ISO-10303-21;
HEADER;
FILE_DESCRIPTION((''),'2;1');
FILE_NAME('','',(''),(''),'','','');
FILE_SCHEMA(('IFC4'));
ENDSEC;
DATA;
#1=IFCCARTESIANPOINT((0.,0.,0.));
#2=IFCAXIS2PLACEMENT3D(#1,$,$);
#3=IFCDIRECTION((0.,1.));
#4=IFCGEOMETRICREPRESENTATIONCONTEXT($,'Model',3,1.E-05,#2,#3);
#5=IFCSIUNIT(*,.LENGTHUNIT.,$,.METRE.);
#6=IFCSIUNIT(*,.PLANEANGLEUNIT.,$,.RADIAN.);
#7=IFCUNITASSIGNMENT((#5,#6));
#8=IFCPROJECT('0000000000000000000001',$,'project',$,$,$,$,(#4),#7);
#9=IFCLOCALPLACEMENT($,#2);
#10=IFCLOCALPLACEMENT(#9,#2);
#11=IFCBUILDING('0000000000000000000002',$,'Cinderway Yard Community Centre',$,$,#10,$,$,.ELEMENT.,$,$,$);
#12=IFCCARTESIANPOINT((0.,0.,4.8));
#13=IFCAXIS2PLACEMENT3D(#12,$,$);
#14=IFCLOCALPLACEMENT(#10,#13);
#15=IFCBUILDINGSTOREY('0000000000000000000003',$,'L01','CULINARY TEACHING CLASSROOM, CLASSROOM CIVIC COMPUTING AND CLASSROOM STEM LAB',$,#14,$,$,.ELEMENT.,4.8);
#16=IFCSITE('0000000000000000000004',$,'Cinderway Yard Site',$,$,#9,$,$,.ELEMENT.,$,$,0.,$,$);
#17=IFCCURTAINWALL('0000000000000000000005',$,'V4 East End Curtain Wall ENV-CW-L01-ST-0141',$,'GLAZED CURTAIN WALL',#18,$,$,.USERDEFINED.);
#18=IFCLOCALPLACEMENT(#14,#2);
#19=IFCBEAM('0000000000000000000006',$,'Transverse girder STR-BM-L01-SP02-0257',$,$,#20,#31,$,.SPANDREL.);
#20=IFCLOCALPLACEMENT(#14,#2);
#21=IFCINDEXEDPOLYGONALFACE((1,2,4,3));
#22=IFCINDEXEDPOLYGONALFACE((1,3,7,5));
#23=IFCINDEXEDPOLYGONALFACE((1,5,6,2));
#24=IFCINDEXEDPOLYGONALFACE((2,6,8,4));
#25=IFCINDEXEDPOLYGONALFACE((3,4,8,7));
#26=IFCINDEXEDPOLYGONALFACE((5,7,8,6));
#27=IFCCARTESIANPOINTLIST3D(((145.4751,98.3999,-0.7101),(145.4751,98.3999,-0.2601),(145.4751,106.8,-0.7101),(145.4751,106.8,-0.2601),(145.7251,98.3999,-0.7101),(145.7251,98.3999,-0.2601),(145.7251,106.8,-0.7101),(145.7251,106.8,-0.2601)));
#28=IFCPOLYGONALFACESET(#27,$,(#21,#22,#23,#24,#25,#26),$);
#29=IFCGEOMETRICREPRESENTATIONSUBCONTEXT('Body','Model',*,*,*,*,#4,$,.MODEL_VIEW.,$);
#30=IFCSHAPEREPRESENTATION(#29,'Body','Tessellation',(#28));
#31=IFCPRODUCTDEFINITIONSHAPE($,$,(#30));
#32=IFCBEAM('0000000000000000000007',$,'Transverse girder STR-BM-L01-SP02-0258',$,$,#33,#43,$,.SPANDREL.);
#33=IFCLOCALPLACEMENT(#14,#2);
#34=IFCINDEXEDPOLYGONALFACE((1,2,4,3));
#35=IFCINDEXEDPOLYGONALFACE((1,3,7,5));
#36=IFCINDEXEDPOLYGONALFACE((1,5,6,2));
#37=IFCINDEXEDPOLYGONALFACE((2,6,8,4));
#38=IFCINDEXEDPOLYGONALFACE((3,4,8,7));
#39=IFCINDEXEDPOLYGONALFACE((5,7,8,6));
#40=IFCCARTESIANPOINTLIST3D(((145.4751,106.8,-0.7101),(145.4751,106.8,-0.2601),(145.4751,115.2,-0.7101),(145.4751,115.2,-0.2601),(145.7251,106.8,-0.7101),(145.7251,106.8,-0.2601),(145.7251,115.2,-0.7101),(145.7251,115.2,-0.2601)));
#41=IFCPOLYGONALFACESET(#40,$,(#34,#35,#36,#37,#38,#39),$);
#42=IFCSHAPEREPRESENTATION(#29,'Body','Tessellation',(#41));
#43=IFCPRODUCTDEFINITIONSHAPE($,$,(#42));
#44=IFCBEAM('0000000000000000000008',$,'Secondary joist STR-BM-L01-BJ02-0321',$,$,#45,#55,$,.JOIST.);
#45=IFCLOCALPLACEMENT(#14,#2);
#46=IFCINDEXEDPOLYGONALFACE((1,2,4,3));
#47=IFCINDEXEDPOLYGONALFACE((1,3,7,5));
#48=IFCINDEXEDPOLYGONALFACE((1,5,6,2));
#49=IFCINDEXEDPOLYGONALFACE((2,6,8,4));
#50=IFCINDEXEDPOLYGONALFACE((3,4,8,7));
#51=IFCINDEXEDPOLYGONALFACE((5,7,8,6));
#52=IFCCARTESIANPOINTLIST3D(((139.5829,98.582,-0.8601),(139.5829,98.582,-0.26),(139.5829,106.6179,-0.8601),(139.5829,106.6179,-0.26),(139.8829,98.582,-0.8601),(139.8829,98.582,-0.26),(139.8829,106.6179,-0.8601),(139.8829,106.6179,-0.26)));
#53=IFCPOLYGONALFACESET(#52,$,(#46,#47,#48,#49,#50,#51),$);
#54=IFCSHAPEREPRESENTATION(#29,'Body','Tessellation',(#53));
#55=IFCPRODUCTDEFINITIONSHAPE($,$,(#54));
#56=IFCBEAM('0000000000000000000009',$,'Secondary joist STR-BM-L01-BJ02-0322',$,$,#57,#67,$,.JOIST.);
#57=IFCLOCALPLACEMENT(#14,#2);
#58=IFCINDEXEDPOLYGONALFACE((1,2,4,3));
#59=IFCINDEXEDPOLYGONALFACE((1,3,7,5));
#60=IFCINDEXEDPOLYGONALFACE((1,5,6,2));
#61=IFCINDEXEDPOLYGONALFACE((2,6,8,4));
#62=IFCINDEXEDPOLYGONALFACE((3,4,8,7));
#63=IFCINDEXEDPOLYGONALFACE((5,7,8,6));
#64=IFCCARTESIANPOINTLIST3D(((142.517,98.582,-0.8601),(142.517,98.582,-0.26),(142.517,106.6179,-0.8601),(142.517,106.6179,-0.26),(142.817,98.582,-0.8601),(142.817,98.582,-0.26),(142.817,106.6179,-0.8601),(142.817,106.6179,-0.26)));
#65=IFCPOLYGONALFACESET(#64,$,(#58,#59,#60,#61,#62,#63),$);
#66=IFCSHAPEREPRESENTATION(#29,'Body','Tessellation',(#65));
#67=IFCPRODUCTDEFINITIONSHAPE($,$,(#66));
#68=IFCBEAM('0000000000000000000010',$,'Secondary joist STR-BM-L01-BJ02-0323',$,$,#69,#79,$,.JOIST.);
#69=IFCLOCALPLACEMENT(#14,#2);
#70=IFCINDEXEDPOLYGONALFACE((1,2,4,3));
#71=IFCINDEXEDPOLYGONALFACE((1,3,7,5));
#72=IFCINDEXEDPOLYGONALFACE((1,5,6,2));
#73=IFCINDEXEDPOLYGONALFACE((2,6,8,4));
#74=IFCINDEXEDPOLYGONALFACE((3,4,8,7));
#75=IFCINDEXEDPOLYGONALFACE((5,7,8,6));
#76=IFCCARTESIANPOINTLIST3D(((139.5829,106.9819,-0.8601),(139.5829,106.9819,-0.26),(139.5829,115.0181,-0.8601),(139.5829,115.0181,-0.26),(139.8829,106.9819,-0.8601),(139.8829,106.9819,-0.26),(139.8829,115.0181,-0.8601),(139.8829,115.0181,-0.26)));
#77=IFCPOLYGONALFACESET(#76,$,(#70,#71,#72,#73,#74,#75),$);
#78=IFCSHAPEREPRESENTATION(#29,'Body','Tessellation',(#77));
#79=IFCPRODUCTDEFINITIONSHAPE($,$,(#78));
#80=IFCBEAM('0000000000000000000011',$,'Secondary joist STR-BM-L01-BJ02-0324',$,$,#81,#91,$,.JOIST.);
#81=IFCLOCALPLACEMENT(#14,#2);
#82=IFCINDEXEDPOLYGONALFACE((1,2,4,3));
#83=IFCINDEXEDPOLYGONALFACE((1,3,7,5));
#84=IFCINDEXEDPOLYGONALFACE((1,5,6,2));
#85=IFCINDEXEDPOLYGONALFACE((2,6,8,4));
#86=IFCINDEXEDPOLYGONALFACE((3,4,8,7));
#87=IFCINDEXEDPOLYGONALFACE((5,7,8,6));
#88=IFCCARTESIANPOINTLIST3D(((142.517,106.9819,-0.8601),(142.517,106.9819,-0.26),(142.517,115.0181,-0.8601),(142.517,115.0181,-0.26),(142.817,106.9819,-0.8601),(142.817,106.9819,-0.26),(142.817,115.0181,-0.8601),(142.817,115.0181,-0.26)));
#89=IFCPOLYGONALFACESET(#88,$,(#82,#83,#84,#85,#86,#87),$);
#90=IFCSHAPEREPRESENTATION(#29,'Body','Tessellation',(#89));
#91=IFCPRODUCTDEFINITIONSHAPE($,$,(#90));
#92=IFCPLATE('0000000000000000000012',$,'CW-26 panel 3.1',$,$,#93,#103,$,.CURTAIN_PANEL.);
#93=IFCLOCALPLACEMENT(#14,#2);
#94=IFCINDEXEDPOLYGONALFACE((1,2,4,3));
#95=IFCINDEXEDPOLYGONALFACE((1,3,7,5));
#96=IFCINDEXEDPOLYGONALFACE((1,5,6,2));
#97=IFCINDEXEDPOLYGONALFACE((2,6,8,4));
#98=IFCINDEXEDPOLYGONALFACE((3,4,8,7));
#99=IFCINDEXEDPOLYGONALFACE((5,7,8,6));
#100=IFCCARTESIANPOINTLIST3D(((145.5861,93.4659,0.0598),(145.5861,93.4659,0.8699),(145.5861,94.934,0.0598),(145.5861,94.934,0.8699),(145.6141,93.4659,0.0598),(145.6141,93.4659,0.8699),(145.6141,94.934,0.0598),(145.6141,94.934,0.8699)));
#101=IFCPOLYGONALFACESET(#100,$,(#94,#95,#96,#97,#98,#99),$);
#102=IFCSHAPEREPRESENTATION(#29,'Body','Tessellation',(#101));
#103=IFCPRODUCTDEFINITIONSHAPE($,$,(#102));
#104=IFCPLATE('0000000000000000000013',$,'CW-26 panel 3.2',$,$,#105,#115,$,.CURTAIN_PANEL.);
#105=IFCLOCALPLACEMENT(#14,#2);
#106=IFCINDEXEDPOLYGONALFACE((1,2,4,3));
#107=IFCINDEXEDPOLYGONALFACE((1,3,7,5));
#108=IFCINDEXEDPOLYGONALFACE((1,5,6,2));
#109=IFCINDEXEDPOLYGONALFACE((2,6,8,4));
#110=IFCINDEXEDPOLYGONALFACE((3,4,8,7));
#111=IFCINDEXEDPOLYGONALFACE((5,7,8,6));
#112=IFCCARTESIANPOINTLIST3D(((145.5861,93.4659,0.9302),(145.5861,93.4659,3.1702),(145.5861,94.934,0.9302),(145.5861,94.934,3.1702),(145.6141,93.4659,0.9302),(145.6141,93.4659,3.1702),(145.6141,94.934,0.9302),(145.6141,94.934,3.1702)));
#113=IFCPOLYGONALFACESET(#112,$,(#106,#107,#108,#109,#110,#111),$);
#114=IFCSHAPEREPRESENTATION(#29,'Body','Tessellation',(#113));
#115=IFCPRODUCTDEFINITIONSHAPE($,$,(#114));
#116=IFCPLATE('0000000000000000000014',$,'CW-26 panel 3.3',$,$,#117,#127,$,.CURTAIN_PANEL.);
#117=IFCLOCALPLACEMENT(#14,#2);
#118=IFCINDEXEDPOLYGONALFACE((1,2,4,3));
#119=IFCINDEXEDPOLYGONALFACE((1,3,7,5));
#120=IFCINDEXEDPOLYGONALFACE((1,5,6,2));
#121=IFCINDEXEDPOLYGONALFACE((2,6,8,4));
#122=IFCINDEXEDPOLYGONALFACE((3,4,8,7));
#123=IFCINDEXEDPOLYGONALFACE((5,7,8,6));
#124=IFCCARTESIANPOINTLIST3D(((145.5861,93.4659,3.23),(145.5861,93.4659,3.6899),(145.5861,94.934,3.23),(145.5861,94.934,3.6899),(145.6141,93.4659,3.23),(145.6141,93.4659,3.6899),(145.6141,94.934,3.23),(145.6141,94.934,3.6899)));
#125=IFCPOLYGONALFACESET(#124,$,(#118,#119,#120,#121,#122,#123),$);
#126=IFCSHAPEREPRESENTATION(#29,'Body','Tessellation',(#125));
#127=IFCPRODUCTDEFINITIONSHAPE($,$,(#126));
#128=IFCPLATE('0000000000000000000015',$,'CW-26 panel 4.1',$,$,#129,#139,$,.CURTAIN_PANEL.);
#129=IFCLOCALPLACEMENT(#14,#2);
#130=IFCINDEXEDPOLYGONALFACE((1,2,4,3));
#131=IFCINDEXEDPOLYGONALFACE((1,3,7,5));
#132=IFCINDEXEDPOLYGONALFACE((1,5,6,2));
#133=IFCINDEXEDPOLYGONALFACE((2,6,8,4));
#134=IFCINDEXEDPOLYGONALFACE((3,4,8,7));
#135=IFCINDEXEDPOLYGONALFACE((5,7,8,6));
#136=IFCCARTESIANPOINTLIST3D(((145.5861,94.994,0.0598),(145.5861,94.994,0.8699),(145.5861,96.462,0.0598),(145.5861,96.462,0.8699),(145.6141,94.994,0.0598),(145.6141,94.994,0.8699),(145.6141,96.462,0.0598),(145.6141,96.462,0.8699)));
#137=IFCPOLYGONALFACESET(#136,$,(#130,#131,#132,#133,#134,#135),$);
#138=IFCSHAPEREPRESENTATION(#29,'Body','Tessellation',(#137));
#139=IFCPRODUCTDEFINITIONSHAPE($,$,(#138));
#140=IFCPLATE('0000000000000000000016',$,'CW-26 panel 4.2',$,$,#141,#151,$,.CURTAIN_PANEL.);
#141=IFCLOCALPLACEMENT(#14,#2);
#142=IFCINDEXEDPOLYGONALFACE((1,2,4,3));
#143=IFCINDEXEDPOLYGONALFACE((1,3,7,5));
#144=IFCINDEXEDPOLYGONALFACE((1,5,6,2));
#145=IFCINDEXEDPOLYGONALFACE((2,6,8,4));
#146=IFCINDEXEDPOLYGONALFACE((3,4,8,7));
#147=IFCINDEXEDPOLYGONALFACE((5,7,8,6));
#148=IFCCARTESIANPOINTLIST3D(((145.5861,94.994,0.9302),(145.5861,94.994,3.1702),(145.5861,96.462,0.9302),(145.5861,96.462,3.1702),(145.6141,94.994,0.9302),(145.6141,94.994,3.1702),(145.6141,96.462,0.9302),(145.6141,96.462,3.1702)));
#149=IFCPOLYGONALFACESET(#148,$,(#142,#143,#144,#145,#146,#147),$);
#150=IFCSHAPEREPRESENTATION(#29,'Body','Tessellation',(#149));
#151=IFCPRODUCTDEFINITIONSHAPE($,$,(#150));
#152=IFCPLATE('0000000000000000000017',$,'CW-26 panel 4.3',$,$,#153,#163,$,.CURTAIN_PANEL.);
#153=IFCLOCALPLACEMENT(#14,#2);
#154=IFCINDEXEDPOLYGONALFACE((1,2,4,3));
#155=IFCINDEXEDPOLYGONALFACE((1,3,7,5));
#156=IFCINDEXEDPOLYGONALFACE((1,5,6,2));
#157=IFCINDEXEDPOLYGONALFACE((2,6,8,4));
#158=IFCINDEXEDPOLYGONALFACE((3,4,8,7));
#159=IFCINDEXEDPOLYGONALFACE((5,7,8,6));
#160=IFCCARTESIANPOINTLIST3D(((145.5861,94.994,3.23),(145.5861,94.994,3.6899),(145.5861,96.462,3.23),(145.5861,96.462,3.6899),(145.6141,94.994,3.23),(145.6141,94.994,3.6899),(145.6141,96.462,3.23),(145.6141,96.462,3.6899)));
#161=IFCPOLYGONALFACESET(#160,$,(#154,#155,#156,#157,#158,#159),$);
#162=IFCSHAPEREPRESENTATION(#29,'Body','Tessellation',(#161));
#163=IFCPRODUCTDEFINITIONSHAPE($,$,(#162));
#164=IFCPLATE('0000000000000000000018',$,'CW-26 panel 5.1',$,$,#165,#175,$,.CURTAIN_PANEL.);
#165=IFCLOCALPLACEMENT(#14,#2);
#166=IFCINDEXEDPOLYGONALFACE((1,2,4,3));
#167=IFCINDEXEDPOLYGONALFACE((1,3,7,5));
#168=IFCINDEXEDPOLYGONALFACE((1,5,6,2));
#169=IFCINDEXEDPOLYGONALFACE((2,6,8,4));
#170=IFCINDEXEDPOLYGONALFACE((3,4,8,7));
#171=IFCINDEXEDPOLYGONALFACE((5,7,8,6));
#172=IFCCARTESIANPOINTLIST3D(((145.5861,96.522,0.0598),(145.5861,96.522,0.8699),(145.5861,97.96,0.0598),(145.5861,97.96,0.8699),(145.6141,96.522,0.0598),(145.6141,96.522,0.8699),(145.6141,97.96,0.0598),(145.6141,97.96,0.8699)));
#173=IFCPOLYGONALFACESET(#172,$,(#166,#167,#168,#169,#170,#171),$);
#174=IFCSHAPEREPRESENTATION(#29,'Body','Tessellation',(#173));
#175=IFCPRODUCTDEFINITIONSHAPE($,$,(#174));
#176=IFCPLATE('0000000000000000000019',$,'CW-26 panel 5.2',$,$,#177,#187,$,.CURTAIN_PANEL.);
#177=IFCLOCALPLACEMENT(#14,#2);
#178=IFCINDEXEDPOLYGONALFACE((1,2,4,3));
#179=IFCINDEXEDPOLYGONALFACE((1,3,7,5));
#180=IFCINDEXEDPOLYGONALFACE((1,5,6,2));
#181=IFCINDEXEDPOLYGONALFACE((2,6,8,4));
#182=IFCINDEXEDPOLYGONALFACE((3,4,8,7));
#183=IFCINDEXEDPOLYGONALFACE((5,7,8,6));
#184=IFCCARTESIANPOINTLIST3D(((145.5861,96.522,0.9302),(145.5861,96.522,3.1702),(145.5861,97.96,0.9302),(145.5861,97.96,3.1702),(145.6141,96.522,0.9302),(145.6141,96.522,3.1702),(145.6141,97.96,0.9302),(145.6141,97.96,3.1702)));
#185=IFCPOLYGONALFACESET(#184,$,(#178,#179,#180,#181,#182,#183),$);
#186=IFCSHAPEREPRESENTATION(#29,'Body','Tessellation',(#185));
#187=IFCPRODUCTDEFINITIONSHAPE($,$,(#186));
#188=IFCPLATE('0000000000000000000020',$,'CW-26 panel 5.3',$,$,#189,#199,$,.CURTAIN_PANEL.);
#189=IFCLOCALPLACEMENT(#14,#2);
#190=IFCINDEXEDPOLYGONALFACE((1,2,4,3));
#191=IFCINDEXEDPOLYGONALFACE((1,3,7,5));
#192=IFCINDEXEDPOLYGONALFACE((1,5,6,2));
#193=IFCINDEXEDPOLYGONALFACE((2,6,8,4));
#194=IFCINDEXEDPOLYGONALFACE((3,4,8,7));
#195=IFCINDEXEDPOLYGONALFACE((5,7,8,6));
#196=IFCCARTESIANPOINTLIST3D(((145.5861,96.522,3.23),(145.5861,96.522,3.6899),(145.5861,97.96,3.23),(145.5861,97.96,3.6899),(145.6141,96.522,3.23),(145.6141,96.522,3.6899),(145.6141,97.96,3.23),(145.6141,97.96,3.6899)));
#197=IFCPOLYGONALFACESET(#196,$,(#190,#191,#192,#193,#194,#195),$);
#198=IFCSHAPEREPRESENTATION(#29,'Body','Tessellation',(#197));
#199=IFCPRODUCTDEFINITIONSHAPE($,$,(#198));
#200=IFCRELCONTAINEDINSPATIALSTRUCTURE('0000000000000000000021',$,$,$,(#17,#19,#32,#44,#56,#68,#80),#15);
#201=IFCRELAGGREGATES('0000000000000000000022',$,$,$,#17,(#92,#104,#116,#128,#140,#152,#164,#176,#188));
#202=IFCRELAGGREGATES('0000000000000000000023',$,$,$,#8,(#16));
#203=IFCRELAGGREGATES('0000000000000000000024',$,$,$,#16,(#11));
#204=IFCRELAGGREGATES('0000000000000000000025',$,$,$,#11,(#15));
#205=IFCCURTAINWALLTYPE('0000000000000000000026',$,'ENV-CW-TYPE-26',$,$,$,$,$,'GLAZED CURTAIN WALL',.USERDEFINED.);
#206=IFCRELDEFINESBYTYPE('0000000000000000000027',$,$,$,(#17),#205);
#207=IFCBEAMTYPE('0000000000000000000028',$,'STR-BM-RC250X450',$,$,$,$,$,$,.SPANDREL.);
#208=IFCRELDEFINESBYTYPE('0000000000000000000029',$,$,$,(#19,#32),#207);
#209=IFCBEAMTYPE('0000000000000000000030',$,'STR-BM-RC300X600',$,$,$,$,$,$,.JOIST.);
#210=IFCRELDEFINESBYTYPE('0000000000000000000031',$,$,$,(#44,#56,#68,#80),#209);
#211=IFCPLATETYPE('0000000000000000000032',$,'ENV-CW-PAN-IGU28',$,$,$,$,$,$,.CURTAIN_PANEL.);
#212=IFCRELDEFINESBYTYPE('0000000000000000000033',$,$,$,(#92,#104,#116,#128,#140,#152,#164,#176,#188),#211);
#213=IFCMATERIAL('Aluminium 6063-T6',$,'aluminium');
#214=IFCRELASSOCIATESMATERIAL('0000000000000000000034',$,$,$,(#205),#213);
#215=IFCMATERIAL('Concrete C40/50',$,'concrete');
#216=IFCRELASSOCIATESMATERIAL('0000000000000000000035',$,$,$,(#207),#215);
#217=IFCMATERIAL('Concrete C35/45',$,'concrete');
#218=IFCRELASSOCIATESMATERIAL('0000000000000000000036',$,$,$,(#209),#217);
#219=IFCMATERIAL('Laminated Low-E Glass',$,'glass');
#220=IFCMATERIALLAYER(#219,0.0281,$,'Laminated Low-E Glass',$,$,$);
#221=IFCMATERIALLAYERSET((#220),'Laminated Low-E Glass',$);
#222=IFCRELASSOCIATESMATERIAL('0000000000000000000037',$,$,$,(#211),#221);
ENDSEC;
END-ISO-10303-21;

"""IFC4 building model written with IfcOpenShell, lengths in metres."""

from ifc_helpers import new_model, si_unit, direction, frame, origin, origin_2d, place, context, subcontext, project, spatial, rectangle, extrude, material, layer, layer_set, material_profile, profile_set, type_object, element, aggregate, save


model = new_model("IFC4")

# Units and contexts
model_context = context("Model", 3, precision=1e-05, world=origin(), true_north=direction((0.0, 1.0)))
body_context = subcontext(model_context, "Body", "Model", "MODEL_VIEW")
ifc_project = project(units=[si_unit("LENGTHUNIT", "METRE"), si_unit("PLANEANGLEUNIT", "RADIAN")], contexts=[model_context])

# Site, building, storey
site_placement = place(None, origin())
site = spatial("IfcSite", under=ifc_project, at=site_placement, Name="Cinderway Yard Site", CompositionType="ELEMENT", RefElevation=0.0)
building_placement = place(site_placement, origin())
building = spatial("IfcBuilding", under=site, at=building_placement, Name="Cinderway Yard Community Centre", CompositionType="ELEMENT")
storey_placement = place(building_placement, frame((0.0, 0.0, 4.8)))
storey = spatial("IfcBuildingStorey", under=building, at=storey_placement, Name="L01", Description="CULINARY TEACHING CLASSROOM, CLASSROOM CIVIC COMPUTING AND CLASSROOM STEM LAB", CompositionType="ELEMENT", Elevation=4.8)

# Shared definitions
ifc_material_1 = material(Name="Concrete C40/50", Category="concrete")

# Curtain wall
ifc_material_2 = material(Name="Aluminium 6063-T6", Category="aluminium")
curtain_wall_type = type_object("IfcCurtainWallType", Name="ENV-CW-TYPE-26", ElementType="GLAZED CURTAIN WALL", PredefinedType="USERDEFINED", material=ifc_material_2)
curtain_wall_placement = place(storey_placement, origin())
curtain_wall = element("IfcCurtainWall", 1, at=curtain_wall_placement, inside=storey, type_object=curtain_wall_type, Name="V4 East End Curtain Wall ENV-CW-L01-ST-0141", ObjectType="GLAZED CURTAIN WALL", PredefinedType="USERDEFINED")

# Beams
ifc_material_profile_1 = material_profile(ifc_material_1, rectangle(XDim=0.25, YDim=0.45, at=origin_2d()), Name="Concrete C40/50")
ifc_profile_set_1 = profile_set([ifc_material_profile_1], Name="Concrete C40/50")
beam_type_1 = type_object("IfcBeamType", Name="STR-BM-RC250X450", PredefinedType="SPANDREL", material=ifc_profile_set_1)
beam_1_placement = place(storey_placement, frame((145.6001, 98.3999, -0.4851), z_axis=(0.0, 1.0, 0.0), x_axis=(-1.0, 0.0, 0.0)))
element("IfcBeam", 2, at=beam_1_placement, inside=storey, type_object=beam_type_1, Name="Transverse girder STR-BM-L01-SP02-0257", PredefinedType="SPANDREL", context=body_context, shape_type="SweptSolid", body=[
    extrude(rectangle(XDim=0.25, YDim=0.45, at=origin_2d()), origin(), (0.0, 0.0, 1.0), 8.4001),
])
beam_2_placement = place(storey_placement, frame((145.6001, 106.8, -0.4851), z_axis=(0.0, 1.0, 0.0), x_axis=(-1.0, 0.0, 0.0)))
element("IfcBeam", 3, at=beam_2_placement, inside=storey, type_object=beam_type_1, Name="Transverse girder STR-BM-L01-SP02-0258", PredefinedType="SPANDREL", context=body_context, shape_type="SweptSolid", body=[
    extrude(rectangle(XDim=0.25, YDim=0.45, at=origin_2d()), origin(), (0.0, 0.0, 1.0), 8.3999),
])
ifc_material_3 = material(Name="Concrete C35/45", Category="concrete")
ifc_material_profile_2 = material_profile(ifc_material_3, rectangle(XDim=0.3, YDim=0.6001, at=origin_2d()), Name="Concrete C35/45")
ifc_profile_set_2 = profile_set([ifc_material_profile_2], Name="Concrete C35/45")
beam_type_2 = type_object("IfcBeamType", Name="STR-BM-RC300X600", PredefinedType="JOIST", material=ifc_profile_set_2)
for number, where, z_axis, x_axis, name in (
    (4, (139.7329, 98.582, -0.5601), (0.0, 1.0, 0.0), (-1.0, 0.0, 0.0), "Secondary joist STR-BM-L01-BJ02-0321"),
    (5, (142.667, 98.582, -0.5601), (0.0, 1.0, 0.0), (-1.0, 0.0, 0.0), "Secondary joist STR-BM-L01-BJ02-0322"),
):
    element("IfcBeam", number, at=place(storey_placement, frame(where, z_axis=z_axis, x_axis=x_axis)), inside=storey, type_object=beam_type_2, Name=name, PredefinedType="JOIST", context=body_context, shape_type="SweptSolid", body=[
        extrude(rectangle(XDim=0.3, YDim=0.6001, at=origin_2d()), origin(), (0.0, 0.0, 1.0), 8.0359),
    ])
for number, where, z_axis, x_axis, name in (
    (6, (139.7329, 106.9819, -0.5601), (0.0, 1.0, 0.0), (-1.0, 0.0, 0.0), "Secondary joist STR-BM-L01-BJ02-0323"),
    (7, (142.667, 106.9819, -0.5601), (0.0, 1.0, 0.0), (-1.0, 0.0, 0.0), "Secondary joist STR-BM-L01-BJ02-0324"),
):
    element("IfcBeam", number, at=place(storey_placement, frame(where, z_axis=z_axis, x_axis=x_axis)), inside=storey, type_object=beam_type_2, Name=name, PredefinedType="JOIST", context=body_context, shape_type="SweptSolid", body=[
        extrude(rectangle(XDim=0.3, YDim=0.6001, at=origin_2d()), origin(), (0.0, 0.0, 1.0), 8.0361),
    ])

# Plates
ifc_material_4 = material(Name="Laminated Low-E Glass", Category="glass")
ifc_layer_1 = layer(ifc_material_4, 0.0281, Name="Laminated Low-E Glass")
ifc_layer_set_1 = layer_set([ifc_layer_1], Name="Laminated Low-E Glass")
plate_type = type_object("IfcPlateType", Name="ENV-CW-PAN-IGU28", PredefinedType="CURTAIN_PANEL", material=ifc_layer_set_1)
plate_1_placement = place(storey_placement, frame((145.6001, 94.2, 0.0598), z_axis=(0.0, 0.0, 1.0), x_axis=(0.0, 1.0, 0.0)))
plate_1 = element("IfcPlate", 8, at=plate_1_placement, type_object=plate_type, Name="CW-26 panel 3.1", PredefinedType="CURTAIN_PANEL", context=body_context, shape_type="SweptSolid", body=[
    extrude(rectangle(XDim=1.468, YDim=0.0281, at=origin_2d()), origin(), (0.0, 0.0, 1.0), 0.8101),
])
plate_2_placement = place(storey_placement, frame((145.6001, 94.2, 0.9302), z_axis=(0.0, 0.0, 1.0), x_axis=(0.0, 1.0, 0.0)))
plate_2 = element("IfcPlate", 9, at=plate_2_placement, type_object=plate_type, Name="CW-26 panel 3.2", PredefinedType="CURTAIN_PANEL", context=body_context, shape_type="SweptSolid", body=[
    extrude(rectangle(XDim=1.468, YDim=0.0281, at=origin_2d()), origin(), (0.0, 0.0, 1.0), 2.24),
])
plate_3_placement = place(storey_placement, frame((145.6001, 94.2, 3.23), z_axis=(0.0, 0.0, 1.0), x_axis=(0.0, 1.0, 0.0)))
plate_3 = element("IfcPlate", 10, at=plate_3_placement, type_object=plate_type, Name="CW-26 panel 3.3", PredefinedType="CURTAIN_PANEL", context=body_context, shape_type="SweptSolid", body=[
    extrude(rectangle(XDim=1.468, YDim=0.0281, at=origin_2d()), origin(), (0.0, 0.0, 1.0), 0.46),
])
plate_4_placement = place(storey_placement, frame((145.6001, 95.728, 0.0598), z_axis=(0.0, 0.0, 1.0), x_axis=(0.0, 1.0, 0.0)))
plate_4 = element("IfcPlate", 11, at=plate_4_placement, type_object=plate_type, Name="CW-26 panel 4.1", PredefinedType="CURTAIN_PANEL", context=body_context, shape_type="SweptSolid", body=[
    extrude(rectangle(XDim=1.468, YDim=0.0281, at=origin_2d()), origin(), (0.0, 0.0, 1.0), 0.8101),
])
plate_5_placement = place(storey_placement, frame((145.6001, 95.728, 0.9302), z_axis=(0.0, 0.0, 1.0), x_axis=(0.0, 1.0, 0.0)))
plate_5 = element("IfcPlate", 12, at=plate_5_placement, type_object=plate_type, Name="CW-26 panel 4.2", PredefinedType="CURTAIN_PANEL", context=body_context, shape_type="SweptSolid", body=[
    extrude(rectangle(XDim=1.468, YDim=0.0281, at=origin_2d()), origin(), (0.0, 0.0, 1.0), 2.24),
])
plate_6_placement = place(storey_placement, frame((145.6001, 95.728, 3.23), z_axis=(0.0, 0.0, 1.0), x_axis=(0.0, 1.0, 0.0)))
plate_6 = element("IfcPlate", 13, at=plate_6_placement, type_object=plate_type, Name="CW-26 panel 4.3", PredefinedType="CURTAIN_PANEL", context=body_context, shape_type="SweptSolid", body=[
    extrude(rectangle(XDim=1.468, YDim=0.0281, at=origin_2d()), origin(), (0.0, 0.0, 1.0), 0.46),
])
plate_7_placement = place(storey_placement, frame((145.6001, 97.241, 0.0598), z_axis=(0.0, 0.0, 1.0), x_axis=(0.0, 1.0, 0.0)))
plate_7 = element("IfcPlate", 14, at=plate_7_placement, type_object=plate_type, Name="CW-26 panel 5.1", PredefinedType="CURTAIN_PANEL", context=body_context, shape_type="SweptSolid", body=[
    extrude(rectangle(XDim=1.438, YDim=0.0281, at=origin_2d()), origin(), (0.0, 0.0, 1.0), 0.8101),
])
plate_8_placement = place(storey_placement, frame((145.6001, 97.241, 0.9302), z_axis=(0.0, 0.0, 1.0), x_axis=(0.0, 1.0, 0.0)))
plate_8 = element("IfcPlate", 15, at=plate_8_placement, type_object=plate_type, Name="CW-26 panel 5.2", PredefinedType="CURTAIN_PANEL", context=body_context, shape_type="SweptSolid", body=[
    extrude(rectangle(XDim=1.438, YDim=0.0281, at=origin_2d()), origin(), (0.0, 0.0, 1.0), 2.24),
])
plate_9_placement = place(storey_placement, frame((145.6001, 97.241, 3.23), z_axis=(0.0, 0.0, 1.0), x_axis=(0.0, 1.0, 0.0)))
plate_9 = element("IfcPlate", 16, at=plate_9_placement, type_object=plate_type, Name="CW-26 panel 5.3", PredefinedType="CURTAIN_PANEL", context=body_context, shape_type="SweptSolid", body=[
    extrude(rectangle(XDim=1.438, YDim=0.0281, at=origin_2d()), origin(), (0.0, 0.0, 1.0), 0.46),
])
aggregate(curtain_wall, [plate_1, plate_2, plate_3, plate_4, plate_5, plate_6, plate_7, plate_8, plate_9])

save(model, "model.ifc")
